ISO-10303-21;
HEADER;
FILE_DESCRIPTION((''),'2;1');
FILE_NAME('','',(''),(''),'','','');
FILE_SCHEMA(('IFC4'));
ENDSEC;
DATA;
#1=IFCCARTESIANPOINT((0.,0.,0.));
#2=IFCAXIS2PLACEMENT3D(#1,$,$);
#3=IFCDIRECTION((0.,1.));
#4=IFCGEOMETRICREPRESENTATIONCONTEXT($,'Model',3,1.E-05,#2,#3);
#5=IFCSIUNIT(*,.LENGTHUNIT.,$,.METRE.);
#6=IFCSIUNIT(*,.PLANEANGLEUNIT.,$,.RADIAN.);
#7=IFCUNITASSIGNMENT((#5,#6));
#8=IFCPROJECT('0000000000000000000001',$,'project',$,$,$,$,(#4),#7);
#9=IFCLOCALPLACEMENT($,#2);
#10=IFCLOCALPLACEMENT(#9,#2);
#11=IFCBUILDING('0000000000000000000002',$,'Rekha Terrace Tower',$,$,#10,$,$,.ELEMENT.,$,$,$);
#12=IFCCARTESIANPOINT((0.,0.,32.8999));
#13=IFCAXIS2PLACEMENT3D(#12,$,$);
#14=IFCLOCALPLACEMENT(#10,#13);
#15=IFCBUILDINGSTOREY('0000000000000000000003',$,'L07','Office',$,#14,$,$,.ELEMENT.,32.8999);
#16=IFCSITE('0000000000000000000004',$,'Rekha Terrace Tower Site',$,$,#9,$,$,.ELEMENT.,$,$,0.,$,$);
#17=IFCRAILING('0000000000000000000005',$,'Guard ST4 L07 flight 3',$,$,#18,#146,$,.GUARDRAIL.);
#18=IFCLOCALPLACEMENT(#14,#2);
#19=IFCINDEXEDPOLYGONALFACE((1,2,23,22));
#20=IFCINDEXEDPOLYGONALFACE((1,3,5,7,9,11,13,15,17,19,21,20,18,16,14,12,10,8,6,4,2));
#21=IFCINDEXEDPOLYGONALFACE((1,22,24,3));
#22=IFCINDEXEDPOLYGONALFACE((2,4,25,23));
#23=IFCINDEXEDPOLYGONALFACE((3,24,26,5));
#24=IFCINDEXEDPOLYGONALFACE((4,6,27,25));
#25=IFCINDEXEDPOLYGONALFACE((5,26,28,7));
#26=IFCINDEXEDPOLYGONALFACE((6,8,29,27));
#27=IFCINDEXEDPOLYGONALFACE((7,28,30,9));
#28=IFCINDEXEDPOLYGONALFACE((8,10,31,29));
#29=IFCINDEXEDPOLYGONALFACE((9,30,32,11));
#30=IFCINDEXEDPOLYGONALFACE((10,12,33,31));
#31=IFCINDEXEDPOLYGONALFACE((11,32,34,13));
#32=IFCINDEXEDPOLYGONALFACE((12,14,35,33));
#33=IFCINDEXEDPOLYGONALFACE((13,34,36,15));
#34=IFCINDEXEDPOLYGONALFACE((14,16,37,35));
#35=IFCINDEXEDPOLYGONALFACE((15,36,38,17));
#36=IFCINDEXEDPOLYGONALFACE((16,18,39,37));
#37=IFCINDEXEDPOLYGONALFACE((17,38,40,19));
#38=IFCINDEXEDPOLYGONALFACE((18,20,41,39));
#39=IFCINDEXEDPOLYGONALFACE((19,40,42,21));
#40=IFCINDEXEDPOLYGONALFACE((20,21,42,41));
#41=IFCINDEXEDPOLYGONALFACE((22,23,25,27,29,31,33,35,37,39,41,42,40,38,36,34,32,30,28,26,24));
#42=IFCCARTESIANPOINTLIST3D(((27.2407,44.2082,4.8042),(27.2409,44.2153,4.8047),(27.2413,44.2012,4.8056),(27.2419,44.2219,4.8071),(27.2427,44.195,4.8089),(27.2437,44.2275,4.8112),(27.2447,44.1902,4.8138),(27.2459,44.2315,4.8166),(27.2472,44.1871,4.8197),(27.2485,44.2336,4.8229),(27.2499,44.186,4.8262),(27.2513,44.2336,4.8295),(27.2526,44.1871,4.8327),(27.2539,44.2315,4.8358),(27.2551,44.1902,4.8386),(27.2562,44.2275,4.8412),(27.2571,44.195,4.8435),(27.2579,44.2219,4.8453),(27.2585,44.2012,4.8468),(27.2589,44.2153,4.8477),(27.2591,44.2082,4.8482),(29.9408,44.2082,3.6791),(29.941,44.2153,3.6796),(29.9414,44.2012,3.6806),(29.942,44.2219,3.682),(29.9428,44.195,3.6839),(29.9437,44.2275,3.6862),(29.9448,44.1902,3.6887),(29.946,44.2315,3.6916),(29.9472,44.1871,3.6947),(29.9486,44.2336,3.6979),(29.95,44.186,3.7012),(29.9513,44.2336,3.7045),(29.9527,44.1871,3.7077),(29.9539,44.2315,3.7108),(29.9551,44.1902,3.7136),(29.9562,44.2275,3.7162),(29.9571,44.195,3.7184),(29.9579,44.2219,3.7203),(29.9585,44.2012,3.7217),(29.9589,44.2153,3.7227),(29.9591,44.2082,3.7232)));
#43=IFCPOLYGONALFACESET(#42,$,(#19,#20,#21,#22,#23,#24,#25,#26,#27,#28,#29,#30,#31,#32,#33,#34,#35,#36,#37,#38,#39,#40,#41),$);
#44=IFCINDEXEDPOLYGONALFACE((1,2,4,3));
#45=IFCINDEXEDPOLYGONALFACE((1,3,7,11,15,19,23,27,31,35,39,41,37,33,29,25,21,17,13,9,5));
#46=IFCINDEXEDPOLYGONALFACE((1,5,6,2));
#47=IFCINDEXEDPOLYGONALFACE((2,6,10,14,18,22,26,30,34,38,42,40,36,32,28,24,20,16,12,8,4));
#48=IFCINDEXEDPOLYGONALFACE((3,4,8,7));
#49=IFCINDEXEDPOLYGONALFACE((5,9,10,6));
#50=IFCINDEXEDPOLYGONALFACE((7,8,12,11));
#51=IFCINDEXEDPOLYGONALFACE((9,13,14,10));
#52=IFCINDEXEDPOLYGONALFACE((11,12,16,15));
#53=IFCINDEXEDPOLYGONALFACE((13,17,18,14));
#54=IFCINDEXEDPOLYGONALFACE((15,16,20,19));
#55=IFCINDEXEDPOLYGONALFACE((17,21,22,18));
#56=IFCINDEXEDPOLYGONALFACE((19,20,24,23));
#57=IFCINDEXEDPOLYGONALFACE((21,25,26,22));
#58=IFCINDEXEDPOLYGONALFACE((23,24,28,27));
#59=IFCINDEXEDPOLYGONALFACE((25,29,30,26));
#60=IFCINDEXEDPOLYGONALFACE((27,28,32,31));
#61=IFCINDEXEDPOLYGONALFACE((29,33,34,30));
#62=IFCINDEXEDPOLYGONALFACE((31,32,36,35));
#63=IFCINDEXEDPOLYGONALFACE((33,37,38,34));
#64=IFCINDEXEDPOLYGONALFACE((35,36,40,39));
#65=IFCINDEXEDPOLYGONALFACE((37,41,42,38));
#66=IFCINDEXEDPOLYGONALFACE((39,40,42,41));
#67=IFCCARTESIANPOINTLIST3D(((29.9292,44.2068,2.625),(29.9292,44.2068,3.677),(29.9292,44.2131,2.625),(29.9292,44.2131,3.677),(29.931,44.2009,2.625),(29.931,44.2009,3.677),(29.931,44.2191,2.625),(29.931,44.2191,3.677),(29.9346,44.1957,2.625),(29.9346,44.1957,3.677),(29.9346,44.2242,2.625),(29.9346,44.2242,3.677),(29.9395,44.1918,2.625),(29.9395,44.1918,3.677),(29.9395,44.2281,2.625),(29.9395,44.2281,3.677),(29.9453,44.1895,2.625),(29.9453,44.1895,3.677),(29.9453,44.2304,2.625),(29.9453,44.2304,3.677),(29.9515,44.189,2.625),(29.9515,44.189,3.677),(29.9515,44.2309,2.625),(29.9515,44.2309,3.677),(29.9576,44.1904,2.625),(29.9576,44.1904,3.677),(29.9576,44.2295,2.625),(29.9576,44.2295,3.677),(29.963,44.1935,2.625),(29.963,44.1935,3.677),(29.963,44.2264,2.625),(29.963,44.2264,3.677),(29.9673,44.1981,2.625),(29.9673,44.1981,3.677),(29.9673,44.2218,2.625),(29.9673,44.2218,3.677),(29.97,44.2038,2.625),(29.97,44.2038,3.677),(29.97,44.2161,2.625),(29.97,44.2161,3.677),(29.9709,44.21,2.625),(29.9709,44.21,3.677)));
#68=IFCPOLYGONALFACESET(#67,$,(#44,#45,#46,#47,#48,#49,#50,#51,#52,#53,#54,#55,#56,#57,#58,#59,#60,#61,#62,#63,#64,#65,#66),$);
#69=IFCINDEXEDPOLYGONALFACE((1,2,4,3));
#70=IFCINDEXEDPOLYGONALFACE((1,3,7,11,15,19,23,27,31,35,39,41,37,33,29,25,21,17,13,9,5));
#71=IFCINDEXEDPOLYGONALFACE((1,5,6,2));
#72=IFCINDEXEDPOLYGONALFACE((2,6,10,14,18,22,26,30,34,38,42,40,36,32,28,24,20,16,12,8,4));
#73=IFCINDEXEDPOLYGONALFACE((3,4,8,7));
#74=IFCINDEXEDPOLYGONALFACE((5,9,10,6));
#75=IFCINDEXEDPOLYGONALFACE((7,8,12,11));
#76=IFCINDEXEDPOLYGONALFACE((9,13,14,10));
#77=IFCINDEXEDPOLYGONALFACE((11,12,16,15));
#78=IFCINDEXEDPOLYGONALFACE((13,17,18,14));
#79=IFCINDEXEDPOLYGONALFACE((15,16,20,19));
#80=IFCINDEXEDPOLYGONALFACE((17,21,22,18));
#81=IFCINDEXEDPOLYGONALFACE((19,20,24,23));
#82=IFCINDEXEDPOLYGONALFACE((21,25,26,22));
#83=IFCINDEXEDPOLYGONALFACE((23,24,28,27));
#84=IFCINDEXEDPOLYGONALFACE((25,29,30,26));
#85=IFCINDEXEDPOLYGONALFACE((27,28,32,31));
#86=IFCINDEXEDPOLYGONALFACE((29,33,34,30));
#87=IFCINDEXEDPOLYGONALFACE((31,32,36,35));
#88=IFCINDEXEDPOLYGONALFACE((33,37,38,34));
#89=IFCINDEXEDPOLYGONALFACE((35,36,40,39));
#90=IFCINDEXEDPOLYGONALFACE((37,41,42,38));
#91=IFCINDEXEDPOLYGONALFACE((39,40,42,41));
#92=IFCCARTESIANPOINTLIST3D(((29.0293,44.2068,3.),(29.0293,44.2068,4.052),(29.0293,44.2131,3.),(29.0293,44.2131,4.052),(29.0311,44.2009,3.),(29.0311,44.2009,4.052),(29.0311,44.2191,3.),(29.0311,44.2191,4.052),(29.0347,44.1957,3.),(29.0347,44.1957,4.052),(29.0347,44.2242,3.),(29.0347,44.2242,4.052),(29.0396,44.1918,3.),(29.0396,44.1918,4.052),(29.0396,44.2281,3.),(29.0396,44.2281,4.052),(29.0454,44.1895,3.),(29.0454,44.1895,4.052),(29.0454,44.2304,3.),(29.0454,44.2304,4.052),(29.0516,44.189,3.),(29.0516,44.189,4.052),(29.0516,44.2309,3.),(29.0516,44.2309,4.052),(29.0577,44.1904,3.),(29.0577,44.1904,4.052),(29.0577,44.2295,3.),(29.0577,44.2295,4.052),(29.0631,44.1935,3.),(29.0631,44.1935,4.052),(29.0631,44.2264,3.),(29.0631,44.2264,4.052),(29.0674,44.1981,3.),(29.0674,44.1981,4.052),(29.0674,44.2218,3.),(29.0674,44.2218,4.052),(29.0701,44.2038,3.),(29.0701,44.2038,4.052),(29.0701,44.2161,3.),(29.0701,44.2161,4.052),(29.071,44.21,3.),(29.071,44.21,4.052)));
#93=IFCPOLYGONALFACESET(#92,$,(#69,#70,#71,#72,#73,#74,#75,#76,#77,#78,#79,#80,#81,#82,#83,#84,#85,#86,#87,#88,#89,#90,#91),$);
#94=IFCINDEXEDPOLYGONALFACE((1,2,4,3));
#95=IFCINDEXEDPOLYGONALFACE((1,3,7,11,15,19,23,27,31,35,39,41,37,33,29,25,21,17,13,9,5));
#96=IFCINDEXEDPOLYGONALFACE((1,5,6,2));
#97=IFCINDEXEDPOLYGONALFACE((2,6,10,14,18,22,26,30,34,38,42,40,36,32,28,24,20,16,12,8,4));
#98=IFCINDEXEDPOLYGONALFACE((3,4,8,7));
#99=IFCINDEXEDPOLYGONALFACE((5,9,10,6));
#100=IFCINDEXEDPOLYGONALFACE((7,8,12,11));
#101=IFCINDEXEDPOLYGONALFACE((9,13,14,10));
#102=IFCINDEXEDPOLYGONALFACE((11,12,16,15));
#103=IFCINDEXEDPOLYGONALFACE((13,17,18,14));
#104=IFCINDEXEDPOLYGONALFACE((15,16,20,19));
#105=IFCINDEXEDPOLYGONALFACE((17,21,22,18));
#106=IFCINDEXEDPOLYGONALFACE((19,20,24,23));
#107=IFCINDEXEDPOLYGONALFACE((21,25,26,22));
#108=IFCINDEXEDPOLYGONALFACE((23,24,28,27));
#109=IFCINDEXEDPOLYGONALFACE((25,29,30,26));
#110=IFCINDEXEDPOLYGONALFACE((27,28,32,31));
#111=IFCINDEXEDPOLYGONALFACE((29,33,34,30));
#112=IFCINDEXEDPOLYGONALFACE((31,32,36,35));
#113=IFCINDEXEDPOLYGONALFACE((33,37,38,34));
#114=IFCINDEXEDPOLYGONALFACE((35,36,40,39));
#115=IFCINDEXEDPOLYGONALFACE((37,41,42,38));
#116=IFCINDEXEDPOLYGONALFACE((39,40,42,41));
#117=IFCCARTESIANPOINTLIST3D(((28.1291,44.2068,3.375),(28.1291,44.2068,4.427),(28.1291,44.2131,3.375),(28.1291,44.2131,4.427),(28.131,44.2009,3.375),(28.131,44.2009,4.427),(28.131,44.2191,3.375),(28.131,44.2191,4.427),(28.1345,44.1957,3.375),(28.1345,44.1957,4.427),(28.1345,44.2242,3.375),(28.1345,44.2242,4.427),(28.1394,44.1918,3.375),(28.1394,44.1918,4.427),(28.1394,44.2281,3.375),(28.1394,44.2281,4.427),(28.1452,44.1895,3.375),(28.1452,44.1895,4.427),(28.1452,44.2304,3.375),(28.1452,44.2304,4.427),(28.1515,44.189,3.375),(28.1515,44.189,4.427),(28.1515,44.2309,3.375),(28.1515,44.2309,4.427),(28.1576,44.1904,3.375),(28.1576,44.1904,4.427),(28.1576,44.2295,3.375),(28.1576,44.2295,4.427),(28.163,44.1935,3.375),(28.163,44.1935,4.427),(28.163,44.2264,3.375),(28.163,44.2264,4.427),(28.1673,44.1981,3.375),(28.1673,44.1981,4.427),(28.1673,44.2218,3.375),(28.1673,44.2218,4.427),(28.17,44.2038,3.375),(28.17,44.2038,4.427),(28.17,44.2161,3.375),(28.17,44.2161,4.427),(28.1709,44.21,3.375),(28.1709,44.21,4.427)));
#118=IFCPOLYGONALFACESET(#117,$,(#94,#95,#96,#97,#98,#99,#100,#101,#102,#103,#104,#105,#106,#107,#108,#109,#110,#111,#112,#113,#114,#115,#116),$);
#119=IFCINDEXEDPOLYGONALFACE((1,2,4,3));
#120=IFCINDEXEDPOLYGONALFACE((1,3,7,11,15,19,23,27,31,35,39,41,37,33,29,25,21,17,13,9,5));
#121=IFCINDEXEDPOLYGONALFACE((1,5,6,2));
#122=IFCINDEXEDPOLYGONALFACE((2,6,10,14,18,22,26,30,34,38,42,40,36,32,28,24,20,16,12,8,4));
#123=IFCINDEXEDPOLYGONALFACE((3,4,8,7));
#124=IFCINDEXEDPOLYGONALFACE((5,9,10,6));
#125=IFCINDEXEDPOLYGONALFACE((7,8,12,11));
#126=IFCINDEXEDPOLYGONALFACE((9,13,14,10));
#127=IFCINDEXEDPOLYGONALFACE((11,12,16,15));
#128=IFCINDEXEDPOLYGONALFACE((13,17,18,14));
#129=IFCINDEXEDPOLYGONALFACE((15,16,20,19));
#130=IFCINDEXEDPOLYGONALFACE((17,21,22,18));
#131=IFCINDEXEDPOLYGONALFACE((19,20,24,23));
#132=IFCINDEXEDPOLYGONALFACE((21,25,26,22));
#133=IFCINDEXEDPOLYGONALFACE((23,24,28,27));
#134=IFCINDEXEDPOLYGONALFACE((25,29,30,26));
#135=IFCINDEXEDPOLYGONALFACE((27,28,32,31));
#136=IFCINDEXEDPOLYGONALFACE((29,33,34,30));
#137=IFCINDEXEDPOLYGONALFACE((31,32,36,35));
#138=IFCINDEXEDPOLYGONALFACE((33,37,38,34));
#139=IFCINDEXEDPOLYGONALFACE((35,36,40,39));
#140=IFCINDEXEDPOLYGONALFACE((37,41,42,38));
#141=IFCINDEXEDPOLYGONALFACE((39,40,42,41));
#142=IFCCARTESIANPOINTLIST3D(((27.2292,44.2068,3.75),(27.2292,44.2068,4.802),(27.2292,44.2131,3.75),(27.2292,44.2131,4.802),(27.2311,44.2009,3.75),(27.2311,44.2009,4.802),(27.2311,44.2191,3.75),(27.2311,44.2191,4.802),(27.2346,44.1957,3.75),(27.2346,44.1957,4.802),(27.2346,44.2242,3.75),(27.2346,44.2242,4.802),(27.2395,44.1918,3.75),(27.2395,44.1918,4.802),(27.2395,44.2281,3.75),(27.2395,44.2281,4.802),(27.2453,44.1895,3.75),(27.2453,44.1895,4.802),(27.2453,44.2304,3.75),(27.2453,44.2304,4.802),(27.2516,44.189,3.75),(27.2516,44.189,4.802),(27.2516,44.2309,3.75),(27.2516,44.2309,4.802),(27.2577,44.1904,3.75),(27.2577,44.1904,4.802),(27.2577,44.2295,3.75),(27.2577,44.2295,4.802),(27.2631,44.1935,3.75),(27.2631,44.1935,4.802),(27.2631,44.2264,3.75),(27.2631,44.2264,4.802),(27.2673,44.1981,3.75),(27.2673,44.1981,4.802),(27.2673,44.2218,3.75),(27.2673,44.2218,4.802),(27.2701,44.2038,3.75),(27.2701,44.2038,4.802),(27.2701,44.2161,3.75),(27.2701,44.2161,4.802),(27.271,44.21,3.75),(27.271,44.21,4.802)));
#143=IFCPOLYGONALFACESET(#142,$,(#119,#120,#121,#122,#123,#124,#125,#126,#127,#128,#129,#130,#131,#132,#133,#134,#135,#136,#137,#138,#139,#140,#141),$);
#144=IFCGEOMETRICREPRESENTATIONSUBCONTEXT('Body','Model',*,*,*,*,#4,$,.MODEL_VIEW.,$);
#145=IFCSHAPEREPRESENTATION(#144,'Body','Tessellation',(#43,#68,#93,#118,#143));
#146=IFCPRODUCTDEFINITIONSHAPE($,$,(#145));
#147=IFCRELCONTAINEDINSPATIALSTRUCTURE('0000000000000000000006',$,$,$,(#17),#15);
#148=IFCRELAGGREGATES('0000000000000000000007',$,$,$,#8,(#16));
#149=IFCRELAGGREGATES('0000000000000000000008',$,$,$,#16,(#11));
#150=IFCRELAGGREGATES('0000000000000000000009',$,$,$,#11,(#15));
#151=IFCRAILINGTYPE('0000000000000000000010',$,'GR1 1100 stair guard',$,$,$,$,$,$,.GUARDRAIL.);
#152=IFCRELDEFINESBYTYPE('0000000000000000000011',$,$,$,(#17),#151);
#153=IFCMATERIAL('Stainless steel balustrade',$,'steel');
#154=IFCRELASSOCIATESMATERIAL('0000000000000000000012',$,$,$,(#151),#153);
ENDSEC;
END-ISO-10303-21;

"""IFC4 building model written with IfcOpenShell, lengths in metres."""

from ifc_helpers import new_model, si_unit, direction, frame, origin, origin_2d, place, context, subcontext, project, spatial, circle, extrude, material, type_object, element, save


model = new_model("IFC4")

# Units and contexts
model_context = context("Model", 3, precision=1e-05, world=origin(), true_north=direction((0.0, 1.0)))
body_context = subcontext(model_context, "Body", "Model", "MODEL_VIEW")
ifc_project = project(units=[si_unit("LENGTHUNIT", "METRE"), si_unit("PLANEANGLEUNIT", "RADIAN")], contexts=[model_context])

# Site, building, storey
site_placement = place(None, origin())
site = spatial("IfcSite", under=ifc_project, at=site_placement, Name="Rekha Terrace Tower Site", CompositionType="ELEMENT", RefElevation=0.0)
building_placement = place(site_placement, origin())
building = spatial("IfcBuilding", under=site, at=building_placement, Name="Rekha Terrace Tower", CompositionType="ELEMENT")
storey_placement = place(building_placement, frame((0.0, 0.0, 32.8999)))
storey = spatial("IfcBuildingStorey", under=building, at=storey_placement, Name="L07", Description="Office", CompositionType="ELEMENT", Elevation=32.8999)

# Railing
ifc_material_1 = material(Name="Stainless steel balustrade", Category="steel")
railing_type_1 = type_object("IfcRailingType", Name="GR1 1100 stair guard", PredefinedType="GUARDRAIL", material=ifc_material_1)
railing_1_placement = place(storey_placement, frame((29.95, 44.21, 2.625)))
element("IfcRailing", 1, at=railing_1_placement, inside=storey, type_object=railing_type_1, Name="Guard ST4 L07 flight 3", PredefinedType="GUARDRAIL", context=body_context, shape_type="SweptSolid", body=[
    extrude(circle(Radius=0.0239, at=origin_2d()), frame((0.0, 0.0, 1.0762), z_axis=(-0.923074, 0.0, 0.384621), x_axis=(0.0, -1.0, 0.0)), (0.0, 0.0, 1.0), 2.925),
    extrude(circle(Radius=0.021, at=origin_2d()), origin(), (0.0, 0.0, 1.0), 1.052),
    extrude(circle(Radius=0.021, at=origin_2d()), frame((-0.8999, 0.0, 0.375)), (0.0, 0.0, 1.0), 1.052),
    extrude(circle(Radius=0.021, at=origin_2d()), frame((-1.8, 0.0, 0.75)), (0.0, 0.0, 1.0), 1.052),
    extrude(circle(Radius=0.021, at=origin_2d()), frame((-2.7, 0.0, 1.125)), (0.0, 0.0, 1.0), 1.052),
])

save(model, "model.ifc")
